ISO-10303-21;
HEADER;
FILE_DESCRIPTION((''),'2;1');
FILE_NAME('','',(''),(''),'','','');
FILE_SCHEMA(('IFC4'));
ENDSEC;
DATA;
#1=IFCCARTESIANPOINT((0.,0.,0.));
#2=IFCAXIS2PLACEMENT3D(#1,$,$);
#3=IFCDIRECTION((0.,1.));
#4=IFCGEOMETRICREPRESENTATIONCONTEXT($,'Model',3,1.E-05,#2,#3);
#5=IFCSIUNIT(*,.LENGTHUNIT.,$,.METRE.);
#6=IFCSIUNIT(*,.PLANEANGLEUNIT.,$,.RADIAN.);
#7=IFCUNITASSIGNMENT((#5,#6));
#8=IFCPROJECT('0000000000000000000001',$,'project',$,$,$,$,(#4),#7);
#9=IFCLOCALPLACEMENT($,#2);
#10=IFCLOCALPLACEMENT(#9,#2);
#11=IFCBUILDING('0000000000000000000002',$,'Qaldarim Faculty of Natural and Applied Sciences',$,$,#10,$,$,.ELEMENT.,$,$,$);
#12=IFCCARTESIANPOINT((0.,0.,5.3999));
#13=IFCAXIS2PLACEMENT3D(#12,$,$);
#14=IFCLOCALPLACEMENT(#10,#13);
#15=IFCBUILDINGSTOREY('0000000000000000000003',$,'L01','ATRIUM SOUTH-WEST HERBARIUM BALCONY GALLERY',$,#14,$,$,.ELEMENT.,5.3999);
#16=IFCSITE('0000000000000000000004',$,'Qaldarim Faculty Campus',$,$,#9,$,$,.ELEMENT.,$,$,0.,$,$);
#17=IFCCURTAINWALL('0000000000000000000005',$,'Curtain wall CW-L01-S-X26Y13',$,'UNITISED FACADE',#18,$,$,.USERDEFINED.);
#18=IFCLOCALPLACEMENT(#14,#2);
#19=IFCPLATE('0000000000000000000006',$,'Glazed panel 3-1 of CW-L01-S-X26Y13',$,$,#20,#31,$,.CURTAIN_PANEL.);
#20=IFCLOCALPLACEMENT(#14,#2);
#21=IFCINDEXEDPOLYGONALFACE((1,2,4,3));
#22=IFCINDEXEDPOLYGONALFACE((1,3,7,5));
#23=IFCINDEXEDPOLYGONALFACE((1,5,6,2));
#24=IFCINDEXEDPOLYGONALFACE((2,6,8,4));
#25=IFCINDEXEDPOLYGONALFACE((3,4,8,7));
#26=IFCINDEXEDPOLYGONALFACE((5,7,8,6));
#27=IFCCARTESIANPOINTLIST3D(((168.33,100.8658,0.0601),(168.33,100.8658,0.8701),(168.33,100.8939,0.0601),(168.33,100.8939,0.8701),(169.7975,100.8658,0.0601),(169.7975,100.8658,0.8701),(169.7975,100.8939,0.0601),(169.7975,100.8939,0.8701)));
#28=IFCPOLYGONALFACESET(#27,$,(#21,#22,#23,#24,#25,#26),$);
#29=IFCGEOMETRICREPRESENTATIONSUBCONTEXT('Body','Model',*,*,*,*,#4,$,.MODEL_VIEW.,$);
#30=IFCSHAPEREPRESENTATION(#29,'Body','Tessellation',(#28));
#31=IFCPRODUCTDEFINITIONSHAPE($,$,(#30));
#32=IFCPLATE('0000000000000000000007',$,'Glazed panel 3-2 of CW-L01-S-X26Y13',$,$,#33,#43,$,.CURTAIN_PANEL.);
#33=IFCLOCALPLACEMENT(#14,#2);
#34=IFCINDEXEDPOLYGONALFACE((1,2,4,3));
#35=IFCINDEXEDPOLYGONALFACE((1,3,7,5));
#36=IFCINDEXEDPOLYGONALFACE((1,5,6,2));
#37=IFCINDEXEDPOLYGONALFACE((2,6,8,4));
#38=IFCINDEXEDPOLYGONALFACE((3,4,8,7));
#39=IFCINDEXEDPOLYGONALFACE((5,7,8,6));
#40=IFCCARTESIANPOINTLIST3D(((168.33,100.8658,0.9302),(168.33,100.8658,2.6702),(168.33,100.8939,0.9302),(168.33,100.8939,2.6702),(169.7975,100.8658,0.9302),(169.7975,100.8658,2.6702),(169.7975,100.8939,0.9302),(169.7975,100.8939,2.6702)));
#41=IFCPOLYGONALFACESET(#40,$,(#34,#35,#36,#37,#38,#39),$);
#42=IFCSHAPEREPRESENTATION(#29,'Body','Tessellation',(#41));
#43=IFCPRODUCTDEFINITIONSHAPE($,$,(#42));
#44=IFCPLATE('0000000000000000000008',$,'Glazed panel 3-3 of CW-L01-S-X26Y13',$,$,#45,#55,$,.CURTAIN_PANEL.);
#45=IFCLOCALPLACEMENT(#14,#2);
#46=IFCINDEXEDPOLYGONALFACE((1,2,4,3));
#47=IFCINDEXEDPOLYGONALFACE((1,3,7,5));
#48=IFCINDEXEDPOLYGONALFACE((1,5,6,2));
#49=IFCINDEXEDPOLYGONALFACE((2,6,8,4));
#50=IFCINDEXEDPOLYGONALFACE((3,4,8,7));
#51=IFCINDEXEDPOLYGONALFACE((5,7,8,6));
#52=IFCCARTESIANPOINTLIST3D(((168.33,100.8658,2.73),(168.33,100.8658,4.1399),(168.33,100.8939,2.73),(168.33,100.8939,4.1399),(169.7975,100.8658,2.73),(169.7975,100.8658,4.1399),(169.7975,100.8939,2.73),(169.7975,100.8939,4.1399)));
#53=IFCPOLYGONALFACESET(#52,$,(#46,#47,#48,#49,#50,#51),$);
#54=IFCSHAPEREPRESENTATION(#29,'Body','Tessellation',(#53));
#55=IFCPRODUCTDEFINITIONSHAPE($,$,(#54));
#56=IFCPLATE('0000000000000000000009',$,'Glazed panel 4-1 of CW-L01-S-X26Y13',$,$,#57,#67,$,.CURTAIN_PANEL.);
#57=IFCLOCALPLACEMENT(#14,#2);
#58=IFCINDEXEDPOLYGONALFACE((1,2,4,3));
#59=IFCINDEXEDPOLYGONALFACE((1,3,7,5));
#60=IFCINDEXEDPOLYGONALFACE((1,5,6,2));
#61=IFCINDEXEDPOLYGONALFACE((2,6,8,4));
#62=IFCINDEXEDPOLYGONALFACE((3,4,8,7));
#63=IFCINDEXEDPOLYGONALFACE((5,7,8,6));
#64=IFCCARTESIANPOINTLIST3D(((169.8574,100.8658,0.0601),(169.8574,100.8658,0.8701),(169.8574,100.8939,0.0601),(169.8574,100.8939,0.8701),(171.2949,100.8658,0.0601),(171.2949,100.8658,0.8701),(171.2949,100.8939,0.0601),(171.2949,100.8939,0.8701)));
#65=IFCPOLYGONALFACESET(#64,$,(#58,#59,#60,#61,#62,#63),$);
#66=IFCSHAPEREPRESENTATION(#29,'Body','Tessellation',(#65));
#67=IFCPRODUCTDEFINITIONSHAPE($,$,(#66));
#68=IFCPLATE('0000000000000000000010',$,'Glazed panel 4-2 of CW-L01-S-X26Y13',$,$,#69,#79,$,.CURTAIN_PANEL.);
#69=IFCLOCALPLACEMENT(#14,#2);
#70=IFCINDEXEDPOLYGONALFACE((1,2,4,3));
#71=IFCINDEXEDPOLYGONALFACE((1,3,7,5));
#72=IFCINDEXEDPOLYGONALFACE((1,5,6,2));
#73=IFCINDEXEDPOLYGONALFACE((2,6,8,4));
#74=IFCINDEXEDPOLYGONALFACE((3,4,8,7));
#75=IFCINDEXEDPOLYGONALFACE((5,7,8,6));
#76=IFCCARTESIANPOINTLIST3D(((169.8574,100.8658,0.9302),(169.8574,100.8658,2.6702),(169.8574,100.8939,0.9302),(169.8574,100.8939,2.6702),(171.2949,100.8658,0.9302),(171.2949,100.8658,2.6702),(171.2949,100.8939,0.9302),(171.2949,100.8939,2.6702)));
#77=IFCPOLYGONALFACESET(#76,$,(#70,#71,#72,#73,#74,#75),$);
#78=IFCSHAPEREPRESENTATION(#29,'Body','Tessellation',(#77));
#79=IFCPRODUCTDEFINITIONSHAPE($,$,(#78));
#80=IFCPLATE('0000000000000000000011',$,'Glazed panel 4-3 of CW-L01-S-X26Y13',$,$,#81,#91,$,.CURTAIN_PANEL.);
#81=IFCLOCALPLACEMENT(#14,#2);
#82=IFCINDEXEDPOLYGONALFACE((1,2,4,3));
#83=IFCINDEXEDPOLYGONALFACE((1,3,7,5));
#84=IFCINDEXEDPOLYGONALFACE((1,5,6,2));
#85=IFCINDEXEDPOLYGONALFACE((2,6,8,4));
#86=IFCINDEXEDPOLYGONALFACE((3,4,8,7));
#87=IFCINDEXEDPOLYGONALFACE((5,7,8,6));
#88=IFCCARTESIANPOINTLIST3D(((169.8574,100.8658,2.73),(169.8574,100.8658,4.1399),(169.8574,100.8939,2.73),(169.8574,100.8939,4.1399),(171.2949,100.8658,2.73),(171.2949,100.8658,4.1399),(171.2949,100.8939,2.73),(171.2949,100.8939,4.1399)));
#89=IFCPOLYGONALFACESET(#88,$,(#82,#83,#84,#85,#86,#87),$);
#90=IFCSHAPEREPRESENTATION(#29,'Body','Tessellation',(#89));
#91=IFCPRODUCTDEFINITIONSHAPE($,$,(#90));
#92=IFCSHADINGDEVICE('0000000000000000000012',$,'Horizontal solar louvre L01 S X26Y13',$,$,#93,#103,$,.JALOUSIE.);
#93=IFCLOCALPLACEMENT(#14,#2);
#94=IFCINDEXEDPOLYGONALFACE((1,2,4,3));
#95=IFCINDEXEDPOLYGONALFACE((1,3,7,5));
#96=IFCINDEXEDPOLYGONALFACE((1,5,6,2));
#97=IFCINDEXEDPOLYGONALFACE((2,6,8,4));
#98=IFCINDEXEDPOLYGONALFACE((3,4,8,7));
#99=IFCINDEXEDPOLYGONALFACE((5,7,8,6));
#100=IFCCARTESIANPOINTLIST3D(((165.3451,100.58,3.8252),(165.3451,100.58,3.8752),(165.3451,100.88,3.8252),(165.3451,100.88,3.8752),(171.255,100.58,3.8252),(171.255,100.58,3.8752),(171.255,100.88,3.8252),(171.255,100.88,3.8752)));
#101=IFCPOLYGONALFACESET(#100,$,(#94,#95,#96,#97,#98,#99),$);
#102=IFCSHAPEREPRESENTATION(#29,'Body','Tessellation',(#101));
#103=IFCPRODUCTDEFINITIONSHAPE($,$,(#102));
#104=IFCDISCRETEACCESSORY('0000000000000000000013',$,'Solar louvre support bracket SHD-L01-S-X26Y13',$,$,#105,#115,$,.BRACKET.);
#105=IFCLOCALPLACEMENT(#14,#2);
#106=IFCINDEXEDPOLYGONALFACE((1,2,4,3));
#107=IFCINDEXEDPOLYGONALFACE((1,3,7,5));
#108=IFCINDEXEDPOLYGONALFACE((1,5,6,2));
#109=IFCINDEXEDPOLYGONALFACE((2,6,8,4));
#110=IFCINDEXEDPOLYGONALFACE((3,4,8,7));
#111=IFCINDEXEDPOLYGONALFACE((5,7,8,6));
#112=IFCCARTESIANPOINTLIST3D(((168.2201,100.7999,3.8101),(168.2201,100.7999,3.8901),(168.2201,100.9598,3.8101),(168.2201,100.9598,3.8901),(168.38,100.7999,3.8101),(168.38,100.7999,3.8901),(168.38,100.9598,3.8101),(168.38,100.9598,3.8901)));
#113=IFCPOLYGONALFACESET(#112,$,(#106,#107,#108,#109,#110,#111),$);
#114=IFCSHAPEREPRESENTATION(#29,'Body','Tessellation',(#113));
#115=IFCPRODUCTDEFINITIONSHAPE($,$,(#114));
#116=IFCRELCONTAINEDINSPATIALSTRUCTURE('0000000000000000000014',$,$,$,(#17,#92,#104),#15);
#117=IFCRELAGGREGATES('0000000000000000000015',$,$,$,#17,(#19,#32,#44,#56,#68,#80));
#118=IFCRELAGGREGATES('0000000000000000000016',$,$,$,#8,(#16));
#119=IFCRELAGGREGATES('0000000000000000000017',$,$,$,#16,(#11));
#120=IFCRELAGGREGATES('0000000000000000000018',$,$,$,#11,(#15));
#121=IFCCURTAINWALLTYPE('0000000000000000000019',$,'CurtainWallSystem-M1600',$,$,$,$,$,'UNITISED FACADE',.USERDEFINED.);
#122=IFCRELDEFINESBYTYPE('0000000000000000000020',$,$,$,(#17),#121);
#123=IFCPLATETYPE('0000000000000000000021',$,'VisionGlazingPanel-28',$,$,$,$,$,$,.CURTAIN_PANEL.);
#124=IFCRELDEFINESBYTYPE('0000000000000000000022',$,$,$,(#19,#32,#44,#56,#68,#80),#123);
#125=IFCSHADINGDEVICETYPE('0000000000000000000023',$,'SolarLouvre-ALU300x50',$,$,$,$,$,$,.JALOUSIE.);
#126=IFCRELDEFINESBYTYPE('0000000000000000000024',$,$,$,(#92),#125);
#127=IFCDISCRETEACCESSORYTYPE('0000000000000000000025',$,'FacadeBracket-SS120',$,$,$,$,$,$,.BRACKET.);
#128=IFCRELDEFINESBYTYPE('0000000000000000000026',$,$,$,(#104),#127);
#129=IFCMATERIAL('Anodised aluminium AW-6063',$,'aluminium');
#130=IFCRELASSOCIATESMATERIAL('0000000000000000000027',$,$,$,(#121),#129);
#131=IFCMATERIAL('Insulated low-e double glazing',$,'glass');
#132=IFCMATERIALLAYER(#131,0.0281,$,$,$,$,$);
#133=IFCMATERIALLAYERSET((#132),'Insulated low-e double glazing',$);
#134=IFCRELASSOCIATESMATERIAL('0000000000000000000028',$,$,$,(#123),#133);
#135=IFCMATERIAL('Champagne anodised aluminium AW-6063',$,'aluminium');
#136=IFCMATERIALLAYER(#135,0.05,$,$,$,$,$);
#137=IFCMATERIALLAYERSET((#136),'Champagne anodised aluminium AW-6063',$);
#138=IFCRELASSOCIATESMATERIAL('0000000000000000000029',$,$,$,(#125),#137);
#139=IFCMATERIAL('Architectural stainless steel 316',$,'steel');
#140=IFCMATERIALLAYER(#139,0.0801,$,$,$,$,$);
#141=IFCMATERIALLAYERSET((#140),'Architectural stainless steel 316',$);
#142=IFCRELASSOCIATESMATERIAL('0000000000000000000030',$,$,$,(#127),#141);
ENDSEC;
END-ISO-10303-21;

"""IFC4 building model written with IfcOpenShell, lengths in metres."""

from ifc_helpers import new_model, si_unit, direction, frame, origin, origin_2d, place, context, subcontext, project, spatial, rectangle, extrude, material, layer, layer_set, type_object, element, aggregate, save


model = new_model("IFC4")

# Units and contexts
model_context = context("Model", 3, precision=1e-05, world=origin(), true_north=direction((0.0, 1.0)))
body_context = subcontext(model_context, "Body", "Model", "MODEL_VIEW")
ifc_project = project(units=[si_unit("LENGTHUNIT", "METRE"), si_unit("PLANEANGLEUNIT", "RADIAN")], contexts=[model_context])

# Site, building, storey
site_placement = place(None, origin())
site = spatial("IfcSite", under=ifc_project, at=site_placement, Name="Qaldarim Faculty Campus", CompositionType="ELEMENT", RefElevation=0.0)
building_placement = place(site_placement, origin())
building = spatial("IfcBuilding", under=site, at=building_placement, Name="Qaldarim Faculty of Natural and Applied Sciences", CompositionType="ELEMENT")
storey_placement = place(building_placement, frame((0.0, 0.0, 5.3999)))
storey = spatial("IfcBuildingStorey", under=building, at=storey_placement, Name="L01", Description="ATRIUM SOUTH-WEST HERBARIUM BALCONY GALLERY", CompositionType="ELEMENT", Elevation=5.3999)

# Curtain wall, plates
ifc_material_1 = material(Name="Anodised aluminium AW-6063", Category="aluminium")
curtain_wall_type = type_object("IfcCurtainWallType", Name="CurtainWallSystem-M1600", ElementType="UNITISED FACADE", PredefinedType="USERDEFINED", material=ifc_material_1)
curtain_wall_placement = place(storey_placement, origin())
curtain_wall = element("IfcCurtainWall", 1, at=curtain_wall_placement, inside=storey, type_object=curtain_wall_type, Name="Curtain wall CW-L01-S-X26Y13", ObjectType="UNITISED FACADE", PredefinedType="USERDEFINED")
ifc_material_2 = material(Name="Insulated low-e double glazing", Category="glass")
ifc_layer_1 = layer(ifc_material_2, 0.0281)
ifc_layer_set_1 = layer_set([ifc_layer_1], Name="Insulated low-e double glazing")
plate_type = type_object("IfcPlateType", Name="VisionGlazingPanel-28", PredefinedType="CURTAIN_PANEL", material=ifc_layer_set_1)
plate_1_placement = place(storey_placement, frame((169.0637, 100.8799, 0.0601), z_axis=(0.0, 0.0, 1.0), x_axis=(1.0, 0.0, 0.0)))
plate_1 = element("IfcPlate", 2, at=plate_1_placement, type_object=plate_type, Name="Glazed panel 3-1 of CW-L01-S-X26Y13", PredefinedType="CURTAIN_PANEL", context=body_context, shape_type="SweptSolid", body=[
    extrude(rectangle(XDim=1.4675, YDim=0.0281, at=origin_2d()), origin(), (0.0, 0.0, 1.0), 0.8101),
])
plate_2_placement = place(storey_placement, frame((169.0637, 100.8799, 0.9302), z_axis=(0.0, 0.0, 1.0), x_axis=(1.0, 0.0, 0.0)))
plate_2 = element("IfcPlate", 3, at=plate_2_placement, type_object=plate_type, Name="Glazed panel 3-2 of CW-L01-S-X26Y13", PredefinedType="CURTAIN_PANEL", context=body_context, shape_type="SweptSolid", body=[
    extrude(rectangle(XDim=1.4675, YDim=0.0281, at=origin_2d()), origin(), (0.0, 0.0, 1.0), 1.74),
])
plate_3_placement = place(storey_placement, frame((169.0637, 100.8799, 2.73), z_axis=(0.0, 0.0, 1.0), x_axis=(1.0, 0.0, 0.0)))
plate_3 = element("IfcPlate", 4, at=plate_3_placement, type_object=plate_type, Name="Glazed panel 3-3 of CW-L01-S-X26Y13", PredefinedType="CURTAIN_PANEL", context=body_context, shape_type="SweptSolid", body=[
    extrude(rectangle(XDim=1.4675, YDim=0.0281, at=origin_2d()), origin(), (0.0, 0.0, 1.0), 1.4099),
])
plate_4_placement = place(storey_placement, frame((170.5762, 100.8799, 0.0601), z_axis=(0.0, 0.0, 1.0), x_axis=(1.0, 0.0, 0.0)))
plate_4 = element("IfcPlate", 5, at=plate_4_placement, type_object=plate_type, Name="Glazed panel 4-1 of CW-L01-S-X26Y13", PredefinedType="CURTAIN_PANEL", context=body_context, shape_type="SweptSolid", body=[
    extrude(rectangle(XDim=1.4375, YDim=0.0281, at=origin_2d()), origin(), (0.0, 0.0, 1.0), 0.8101),
])
plate_5_placement = place(storey_placement, frame((170.5762, 100.8799, 0.9302), z_axis=(0.0, 0.0, 1.0), x_axis=(1.0, 0.0, 0.0)))
plate_5 = element("IfcPlate", 6, at=plate_5_placement, type_object=plate_type, Name="Glazed panel 4-2 of CW-L01-S-X26Y13", PredefinedType="CURTAIN_PANEL", context=body_context, shape_type="SweptSolid", body=[
    extrude(rectangle(XDim=1.4375, YDim=0.0281, at=origin_2d()), origin(), (0.0, 0.0, 1.0), 1.74),
])
plate_6_placement = place(storey_placement, frame((170.5762, 100.8799, 2.73), z_axis=(0.0, 0.0, 1.0), x_axis=(1.0, 0.0, 0.0)))
plate_6 = element("IfcPlate", 7, at=plate_6_placement, type_object=plate_type, Name="Glazed panel 4-3 of CW-L01-S-X26Y13", PredefinedType="CURTAIN_PANEL", context=body_context, shape_type="SweptSolid", body=[
    extrude(rectangle(XDim=1.4375, YDim=0.0281, at=origin_2d()), origin(), (0.0, 0.0, 1.0), 1.4099),
])
aggregate(curtain_wall, [plate_1, plate_2, plate_3, plate_4, plate_5, plate_6])

# Shading device
ifc_material_3 = material(Name="Champagne anodised aluminium AW-6063", Category="aluminium")
ifc_layer_2 = layer(ifc_material_3, 0.05)
ifc_layer_set_2 = layer_set([ifc_layer_2], Name="Champagne anodised aluminium AW-6063")
shading_device_type = type_object("IfcShadingDeviceType", Name="SolarLouvre-ALU300x50", PredefinedType="JALOUSIE", material=ifc_layer_set_2)
shading_device_placement = place(storey_placement, frame((168.3, 100.73, 3.8252), z_axis=(0.0, 0.0, 1.0), x_axis=(1.0, 0.0, 0.0)))
element("IfcShadingDevice", 8, at=shading_device_placement, inside=storey, type_object=shading_device_type, Name="Horizontal solar louvre L01 S X26Y13", PredefinedType="JALOUSIE", context=body_context, shape_type="SweptSolid", body=[
    extrude(rectangle(XDim=5.9099, YDim=0.3, at=origin_2d()), origin(), (0.0, 0.0, 1.0), 0.05),
])

# Discrete accessory
ifc_material_4 = material(Name="Architectural stainless steel 316", Category="steel")
ifc_layer_3 = layer(ifc_material_4, 0.0801)
ifc_layer_set_3 = layer_set([ifc_layer_3], Name="Architectural stainless steel 316")
discrete_accessory_type = type_object("IfcDiscreteAccessoryType", Name="FacadeBracket-SS120", PredefinedType="BRACKET", material=ifc_layer_set_3)
discrete_accessory_placement = place(storey_placement, frame((168.3, 100.8799, 3.8101), z_axis=(0.0, 0.0, 1.0), x_axis=(1.0, 0.0, 0.0)))
element("IfcDiscreteAccessory", 9, at=discrete_accessory_placement, inside=storey, type_object=discrete_accessory_type, Name="Solar louvre support bracket SHD-L01-S-X26Y13", PredefinedType="BRACKET", context=body_context, shape_type="SweptSolid", body=[
    extrude(rectangle(XDim=0.1599, YDim=0.1599, at=origin_2d()), origin(), (0.0, 0.0, 1.0), 0.0801),
])

save(model, "model.ifc")
